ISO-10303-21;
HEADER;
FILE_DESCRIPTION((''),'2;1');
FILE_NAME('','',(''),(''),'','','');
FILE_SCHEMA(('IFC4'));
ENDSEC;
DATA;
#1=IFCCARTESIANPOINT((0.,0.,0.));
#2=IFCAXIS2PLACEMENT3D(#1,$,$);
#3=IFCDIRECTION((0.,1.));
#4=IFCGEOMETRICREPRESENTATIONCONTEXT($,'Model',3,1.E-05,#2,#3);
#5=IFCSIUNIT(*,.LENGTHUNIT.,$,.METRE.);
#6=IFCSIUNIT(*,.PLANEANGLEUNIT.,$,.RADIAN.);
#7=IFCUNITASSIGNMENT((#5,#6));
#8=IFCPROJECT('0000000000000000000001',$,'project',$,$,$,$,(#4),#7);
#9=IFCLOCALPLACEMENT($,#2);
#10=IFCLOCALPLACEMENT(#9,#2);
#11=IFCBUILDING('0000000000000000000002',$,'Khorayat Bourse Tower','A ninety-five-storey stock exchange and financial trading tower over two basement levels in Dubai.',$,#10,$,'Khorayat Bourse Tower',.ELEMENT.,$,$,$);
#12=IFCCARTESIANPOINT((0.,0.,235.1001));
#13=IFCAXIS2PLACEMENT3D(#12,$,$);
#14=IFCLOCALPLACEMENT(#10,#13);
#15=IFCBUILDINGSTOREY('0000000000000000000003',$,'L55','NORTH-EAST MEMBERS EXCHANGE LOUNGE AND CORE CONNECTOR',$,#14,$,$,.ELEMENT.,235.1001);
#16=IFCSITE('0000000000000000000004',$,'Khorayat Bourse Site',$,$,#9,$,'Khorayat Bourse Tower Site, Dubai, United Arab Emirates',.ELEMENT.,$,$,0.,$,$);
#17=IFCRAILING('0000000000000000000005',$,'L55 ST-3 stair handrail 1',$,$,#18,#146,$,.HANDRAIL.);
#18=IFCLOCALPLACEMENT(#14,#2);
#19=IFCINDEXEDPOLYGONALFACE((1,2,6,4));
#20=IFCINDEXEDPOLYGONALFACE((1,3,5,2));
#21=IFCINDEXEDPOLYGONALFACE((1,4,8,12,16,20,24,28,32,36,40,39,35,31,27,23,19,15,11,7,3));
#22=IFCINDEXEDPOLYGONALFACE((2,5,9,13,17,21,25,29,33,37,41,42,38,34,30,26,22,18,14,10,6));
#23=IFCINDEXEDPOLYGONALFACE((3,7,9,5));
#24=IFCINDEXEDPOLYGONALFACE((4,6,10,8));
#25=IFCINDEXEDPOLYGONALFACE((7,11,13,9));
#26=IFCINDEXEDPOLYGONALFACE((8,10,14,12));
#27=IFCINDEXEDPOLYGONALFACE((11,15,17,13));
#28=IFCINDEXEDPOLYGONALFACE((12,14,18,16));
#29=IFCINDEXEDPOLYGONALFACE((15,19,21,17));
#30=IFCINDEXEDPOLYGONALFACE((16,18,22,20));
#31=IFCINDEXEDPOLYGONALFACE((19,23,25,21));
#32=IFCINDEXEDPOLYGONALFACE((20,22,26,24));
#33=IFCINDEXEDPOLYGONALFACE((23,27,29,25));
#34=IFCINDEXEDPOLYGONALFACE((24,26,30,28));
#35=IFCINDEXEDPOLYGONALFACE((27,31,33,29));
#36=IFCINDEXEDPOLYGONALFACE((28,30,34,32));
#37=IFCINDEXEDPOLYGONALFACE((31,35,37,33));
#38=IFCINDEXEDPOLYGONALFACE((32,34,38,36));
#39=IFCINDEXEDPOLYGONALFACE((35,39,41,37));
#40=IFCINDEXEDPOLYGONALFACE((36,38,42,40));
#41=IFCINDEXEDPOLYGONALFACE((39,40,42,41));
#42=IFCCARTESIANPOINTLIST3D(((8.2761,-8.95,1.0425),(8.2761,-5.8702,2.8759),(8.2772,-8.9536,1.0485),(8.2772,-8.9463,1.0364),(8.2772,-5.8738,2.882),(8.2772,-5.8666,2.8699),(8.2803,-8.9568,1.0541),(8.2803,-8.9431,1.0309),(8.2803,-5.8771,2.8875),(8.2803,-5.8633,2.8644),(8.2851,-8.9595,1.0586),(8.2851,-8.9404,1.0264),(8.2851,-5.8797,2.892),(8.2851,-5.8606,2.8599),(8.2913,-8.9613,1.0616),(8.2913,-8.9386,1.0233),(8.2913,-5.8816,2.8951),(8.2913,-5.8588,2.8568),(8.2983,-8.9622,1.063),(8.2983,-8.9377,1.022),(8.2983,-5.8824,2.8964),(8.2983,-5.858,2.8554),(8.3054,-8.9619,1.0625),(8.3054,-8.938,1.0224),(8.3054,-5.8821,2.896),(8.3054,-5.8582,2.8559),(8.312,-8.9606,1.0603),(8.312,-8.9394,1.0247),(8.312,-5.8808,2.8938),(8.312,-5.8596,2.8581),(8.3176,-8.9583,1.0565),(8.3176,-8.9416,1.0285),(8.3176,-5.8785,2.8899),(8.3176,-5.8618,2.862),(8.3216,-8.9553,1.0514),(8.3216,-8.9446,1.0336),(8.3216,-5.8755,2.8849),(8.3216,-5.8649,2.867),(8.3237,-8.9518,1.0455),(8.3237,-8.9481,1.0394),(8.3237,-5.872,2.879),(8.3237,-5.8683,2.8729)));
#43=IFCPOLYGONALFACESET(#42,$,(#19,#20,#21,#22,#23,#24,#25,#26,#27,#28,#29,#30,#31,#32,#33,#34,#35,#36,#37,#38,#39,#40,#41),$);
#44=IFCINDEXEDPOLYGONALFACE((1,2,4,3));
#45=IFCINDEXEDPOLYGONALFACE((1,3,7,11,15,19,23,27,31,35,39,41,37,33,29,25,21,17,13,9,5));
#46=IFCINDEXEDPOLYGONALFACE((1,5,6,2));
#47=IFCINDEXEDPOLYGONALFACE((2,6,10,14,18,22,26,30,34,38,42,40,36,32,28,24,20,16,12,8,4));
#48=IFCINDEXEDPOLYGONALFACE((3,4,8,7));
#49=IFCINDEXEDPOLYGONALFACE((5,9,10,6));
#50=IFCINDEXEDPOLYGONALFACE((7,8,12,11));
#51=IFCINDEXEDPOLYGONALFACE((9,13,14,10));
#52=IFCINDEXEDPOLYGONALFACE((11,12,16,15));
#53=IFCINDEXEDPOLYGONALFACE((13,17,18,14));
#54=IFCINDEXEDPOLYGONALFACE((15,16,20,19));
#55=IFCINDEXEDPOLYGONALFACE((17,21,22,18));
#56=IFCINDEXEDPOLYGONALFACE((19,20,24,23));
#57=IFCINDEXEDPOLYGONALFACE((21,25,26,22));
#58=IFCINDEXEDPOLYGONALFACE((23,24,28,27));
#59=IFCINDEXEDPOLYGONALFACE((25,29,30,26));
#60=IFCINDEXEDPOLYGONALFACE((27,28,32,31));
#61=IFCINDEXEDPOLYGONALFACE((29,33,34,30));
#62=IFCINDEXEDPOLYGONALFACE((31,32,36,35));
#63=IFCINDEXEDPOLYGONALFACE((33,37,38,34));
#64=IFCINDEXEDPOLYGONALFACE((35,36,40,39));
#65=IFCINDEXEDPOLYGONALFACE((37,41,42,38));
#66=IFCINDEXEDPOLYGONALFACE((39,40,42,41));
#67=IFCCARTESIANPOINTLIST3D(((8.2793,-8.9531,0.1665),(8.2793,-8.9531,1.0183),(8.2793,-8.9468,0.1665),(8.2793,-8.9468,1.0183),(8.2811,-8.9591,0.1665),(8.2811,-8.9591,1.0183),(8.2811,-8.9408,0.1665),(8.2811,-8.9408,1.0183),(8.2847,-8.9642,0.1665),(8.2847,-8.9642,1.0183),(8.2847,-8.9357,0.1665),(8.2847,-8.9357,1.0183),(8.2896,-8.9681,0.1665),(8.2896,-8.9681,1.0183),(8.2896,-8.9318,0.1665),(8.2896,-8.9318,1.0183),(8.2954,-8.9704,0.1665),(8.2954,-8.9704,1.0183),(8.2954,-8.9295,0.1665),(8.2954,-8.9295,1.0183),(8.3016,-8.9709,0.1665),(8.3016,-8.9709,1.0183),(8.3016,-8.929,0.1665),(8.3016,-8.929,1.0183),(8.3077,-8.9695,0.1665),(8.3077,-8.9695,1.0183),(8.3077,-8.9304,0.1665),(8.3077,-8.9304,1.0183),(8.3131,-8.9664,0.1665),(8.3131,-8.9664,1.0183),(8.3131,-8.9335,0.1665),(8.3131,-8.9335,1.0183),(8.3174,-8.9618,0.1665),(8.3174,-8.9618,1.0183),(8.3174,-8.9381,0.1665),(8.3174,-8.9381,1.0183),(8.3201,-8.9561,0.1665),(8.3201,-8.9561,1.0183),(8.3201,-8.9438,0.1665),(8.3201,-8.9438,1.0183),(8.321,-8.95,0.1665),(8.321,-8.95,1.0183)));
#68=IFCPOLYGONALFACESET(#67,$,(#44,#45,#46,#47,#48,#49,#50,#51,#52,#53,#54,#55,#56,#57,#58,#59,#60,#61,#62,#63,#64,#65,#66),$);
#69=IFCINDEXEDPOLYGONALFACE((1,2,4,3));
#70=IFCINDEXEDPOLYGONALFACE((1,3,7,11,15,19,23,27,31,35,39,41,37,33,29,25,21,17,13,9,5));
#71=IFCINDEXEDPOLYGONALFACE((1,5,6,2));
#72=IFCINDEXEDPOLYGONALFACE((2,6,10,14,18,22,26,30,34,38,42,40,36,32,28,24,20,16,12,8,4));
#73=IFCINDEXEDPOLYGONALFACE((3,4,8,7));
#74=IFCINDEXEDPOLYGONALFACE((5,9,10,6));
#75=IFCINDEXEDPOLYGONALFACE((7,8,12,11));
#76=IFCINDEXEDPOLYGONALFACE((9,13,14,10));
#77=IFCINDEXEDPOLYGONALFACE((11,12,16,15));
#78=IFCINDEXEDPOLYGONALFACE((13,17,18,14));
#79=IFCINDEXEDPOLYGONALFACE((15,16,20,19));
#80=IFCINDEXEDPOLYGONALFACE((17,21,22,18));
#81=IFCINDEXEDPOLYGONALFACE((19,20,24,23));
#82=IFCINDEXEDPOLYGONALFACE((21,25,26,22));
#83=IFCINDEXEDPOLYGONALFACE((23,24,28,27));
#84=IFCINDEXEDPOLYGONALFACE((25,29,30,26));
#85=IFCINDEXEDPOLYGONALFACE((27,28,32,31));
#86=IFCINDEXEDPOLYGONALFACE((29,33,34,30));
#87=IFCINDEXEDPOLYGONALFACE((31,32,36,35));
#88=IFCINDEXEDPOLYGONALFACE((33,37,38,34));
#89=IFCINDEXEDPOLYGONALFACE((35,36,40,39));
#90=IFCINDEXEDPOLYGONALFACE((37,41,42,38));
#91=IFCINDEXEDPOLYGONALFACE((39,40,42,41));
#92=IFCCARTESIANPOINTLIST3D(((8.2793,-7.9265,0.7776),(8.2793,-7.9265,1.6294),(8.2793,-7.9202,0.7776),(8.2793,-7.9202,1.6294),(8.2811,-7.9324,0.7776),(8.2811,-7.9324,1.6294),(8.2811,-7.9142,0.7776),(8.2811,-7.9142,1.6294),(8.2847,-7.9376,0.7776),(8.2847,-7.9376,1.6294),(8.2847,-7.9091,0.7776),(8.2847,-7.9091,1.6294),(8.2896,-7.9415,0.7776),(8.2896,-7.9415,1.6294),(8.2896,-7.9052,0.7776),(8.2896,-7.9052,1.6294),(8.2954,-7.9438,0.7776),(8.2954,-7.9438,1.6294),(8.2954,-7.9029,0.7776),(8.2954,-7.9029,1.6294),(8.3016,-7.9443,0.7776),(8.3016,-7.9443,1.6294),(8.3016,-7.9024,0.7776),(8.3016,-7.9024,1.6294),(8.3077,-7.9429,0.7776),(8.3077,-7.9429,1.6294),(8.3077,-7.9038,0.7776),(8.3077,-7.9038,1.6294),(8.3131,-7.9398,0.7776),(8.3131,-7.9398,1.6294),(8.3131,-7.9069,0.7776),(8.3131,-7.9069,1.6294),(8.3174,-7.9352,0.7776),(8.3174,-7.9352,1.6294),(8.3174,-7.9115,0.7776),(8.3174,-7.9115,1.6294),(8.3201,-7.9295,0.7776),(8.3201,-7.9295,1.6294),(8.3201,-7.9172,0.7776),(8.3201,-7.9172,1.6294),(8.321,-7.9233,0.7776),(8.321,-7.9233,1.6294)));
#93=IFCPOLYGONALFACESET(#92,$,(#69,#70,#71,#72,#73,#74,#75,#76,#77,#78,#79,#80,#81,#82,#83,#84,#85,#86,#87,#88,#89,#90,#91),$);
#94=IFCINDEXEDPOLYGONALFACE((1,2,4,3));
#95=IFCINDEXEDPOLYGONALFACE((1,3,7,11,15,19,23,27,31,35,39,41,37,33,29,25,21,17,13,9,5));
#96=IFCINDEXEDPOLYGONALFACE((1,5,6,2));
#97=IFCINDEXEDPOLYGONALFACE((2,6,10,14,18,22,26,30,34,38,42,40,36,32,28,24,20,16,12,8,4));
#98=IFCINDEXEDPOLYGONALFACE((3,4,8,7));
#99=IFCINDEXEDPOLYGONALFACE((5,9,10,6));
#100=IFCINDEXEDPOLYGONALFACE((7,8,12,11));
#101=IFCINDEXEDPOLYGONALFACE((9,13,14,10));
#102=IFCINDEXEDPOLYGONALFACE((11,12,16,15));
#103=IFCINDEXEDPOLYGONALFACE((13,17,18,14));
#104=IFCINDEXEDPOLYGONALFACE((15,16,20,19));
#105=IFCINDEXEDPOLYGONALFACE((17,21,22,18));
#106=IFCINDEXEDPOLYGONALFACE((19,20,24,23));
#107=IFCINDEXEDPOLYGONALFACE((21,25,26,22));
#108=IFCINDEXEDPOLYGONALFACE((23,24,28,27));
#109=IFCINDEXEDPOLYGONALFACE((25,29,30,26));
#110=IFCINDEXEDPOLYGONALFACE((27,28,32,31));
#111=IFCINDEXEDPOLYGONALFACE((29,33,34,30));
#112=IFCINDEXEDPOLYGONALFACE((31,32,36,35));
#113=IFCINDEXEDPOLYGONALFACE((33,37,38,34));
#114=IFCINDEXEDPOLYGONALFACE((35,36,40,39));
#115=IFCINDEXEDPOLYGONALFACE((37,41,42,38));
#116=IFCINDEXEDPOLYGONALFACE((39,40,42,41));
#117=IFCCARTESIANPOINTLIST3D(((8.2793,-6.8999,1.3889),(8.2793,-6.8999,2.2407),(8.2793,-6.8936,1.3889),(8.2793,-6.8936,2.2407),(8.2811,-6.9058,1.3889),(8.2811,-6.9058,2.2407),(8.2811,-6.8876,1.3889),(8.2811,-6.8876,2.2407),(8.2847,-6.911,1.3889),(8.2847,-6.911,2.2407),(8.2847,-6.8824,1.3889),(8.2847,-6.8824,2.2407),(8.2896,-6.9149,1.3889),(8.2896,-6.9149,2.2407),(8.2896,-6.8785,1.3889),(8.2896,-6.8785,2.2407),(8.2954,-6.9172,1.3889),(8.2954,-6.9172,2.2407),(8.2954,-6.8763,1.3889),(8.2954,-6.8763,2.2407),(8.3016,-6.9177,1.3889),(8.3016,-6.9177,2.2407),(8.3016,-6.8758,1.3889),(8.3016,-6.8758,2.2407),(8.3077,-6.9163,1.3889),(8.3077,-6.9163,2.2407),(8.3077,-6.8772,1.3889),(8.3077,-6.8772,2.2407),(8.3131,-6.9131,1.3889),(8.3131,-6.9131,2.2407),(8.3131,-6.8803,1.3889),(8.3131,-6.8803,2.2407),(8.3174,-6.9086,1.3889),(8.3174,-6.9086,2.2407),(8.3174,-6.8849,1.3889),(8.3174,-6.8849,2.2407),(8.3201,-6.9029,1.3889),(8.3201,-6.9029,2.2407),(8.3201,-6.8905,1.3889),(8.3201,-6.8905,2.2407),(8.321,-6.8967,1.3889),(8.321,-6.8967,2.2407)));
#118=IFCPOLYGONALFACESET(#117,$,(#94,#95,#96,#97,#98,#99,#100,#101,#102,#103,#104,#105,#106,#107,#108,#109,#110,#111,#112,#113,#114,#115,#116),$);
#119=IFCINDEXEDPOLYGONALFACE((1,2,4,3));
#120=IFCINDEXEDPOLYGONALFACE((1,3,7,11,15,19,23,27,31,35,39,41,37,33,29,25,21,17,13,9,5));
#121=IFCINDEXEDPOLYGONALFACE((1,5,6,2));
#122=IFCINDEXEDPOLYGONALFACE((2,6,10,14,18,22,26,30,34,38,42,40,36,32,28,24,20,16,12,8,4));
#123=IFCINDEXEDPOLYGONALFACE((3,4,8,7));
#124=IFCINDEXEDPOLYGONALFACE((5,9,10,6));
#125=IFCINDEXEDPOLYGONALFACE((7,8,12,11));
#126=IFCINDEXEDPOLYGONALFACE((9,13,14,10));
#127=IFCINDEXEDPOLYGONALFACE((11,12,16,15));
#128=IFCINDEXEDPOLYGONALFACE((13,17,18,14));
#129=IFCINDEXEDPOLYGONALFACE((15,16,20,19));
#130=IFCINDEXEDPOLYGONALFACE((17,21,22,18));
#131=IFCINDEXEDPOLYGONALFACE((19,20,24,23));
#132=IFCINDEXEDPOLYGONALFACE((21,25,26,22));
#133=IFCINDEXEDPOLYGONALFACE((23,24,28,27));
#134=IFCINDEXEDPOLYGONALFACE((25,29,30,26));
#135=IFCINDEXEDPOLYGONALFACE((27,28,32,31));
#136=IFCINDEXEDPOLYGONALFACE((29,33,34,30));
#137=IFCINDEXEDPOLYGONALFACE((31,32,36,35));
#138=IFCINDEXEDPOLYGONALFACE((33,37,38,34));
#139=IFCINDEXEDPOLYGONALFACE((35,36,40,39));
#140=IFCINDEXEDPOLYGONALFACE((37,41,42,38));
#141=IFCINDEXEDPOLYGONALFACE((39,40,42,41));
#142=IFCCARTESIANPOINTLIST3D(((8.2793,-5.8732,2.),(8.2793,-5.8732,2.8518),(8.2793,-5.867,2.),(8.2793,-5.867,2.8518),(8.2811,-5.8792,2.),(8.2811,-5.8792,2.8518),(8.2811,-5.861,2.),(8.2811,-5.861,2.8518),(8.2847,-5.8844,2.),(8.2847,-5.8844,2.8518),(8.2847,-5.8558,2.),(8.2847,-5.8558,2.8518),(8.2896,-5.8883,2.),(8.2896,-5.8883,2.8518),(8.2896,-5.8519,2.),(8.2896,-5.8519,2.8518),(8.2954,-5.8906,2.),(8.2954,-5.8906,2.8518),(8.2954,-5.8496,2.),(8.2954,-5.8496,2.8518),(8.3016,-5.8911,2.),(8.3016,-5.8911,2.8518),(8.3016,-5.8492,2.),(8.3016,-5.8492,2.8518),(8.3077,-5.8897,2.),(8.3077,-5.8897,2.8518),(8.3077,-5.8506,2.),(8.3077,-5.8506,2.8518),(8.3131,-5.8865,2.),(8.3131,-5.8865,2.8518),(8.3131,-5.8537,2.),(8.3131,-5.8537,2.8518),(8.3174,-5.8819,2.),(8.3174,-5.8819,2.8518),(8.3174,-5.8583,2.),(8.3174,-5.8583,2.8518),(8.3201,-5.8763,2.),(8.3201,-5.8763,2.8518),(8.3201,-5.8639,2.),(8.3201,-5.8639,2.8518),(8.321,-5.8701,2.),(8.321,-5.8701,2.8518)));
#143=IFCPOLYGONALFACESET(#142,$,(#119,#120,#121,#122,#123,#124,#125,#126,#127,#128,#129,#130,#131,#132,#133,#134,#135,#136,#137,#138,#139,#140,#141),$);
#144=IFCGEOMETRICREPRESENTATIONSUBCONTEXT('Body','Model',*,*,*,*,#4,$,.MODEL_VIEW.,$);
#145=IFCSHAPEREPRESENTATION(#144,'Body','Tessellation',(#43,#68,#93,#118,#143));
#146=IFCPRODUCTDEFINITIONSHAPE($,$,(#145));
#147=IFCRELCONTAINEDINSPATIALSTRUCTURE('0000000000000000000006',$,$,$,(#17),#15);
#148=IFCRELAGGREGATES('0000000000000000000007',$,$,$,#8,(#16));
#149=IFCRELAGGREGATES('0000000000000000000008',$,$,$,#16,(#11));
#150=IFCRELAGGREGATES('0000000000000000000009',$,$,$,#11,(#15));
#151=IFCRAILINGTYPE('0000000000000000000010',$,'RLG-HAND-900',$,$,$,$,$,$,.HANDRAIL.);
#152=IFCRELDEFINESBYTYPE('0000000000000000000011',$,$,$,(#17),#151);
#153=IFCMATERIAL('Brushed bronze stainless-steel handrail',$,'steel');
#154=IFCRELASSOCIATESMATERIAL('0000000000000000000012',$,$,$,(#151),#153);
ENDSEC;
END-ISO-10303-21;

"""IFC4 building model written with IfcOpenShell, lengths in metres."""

from ifc_helpers import new_model, si_unit, direction, frame, origin, origin_2d, place, context, subcontext, project, spatial, circle, extrude, source, transform, mapped, material, type_object, element, save


model = new_model("IFC4")

# Units and contexts
model_context = context("Model", 3, precision=1e-05, world=origin(), true_north=direction((0.0, 1.0)))
body_context = subcontext(model_context, "Body", "Model", "MODEL_VIEW")
ifc_project = project(units=[si_unit("LENGTHUNIT", "METRE"), si_unit("PLANEANGLEUNIT", "RADIAN")], contexts=[model_context])

# Site, building, storey
site_placement = place(None, origin())
site = spatial("IfcSite", under=ifc_project, at=site_placement, Name="Khorayat Bourse Site", LongName="Khorayat Bourse Tower Site, Dubai, United Arab Emirates", CompositionType="ELEMENT", RefElevation=0.0)
building_placement = place(site_placement, origin())
building = spatial("IfcBuilding", under=site, at=building_placement, Name="Khorayat Bourse Tower", Description="A ninety-five-storey stock exchange and financial trading tower over two basement levels in Dubai.", LongName="Khorayat Bourse Tower", CompositionType="ELEMENT")
storey_placement = place(building_placement, frame((0.0, 0.0, 235.1001)))
storey = spatial("IfcBuildingStorey", under=building, at=storey_placement, Name="L55", Description="NORTH-EAST MEMBERS EXCHANGE LOUNGE AND CORE CONNECTOR", CompositionType="ELEMENT", Elevation=235.1001)

# Railing
ifc_material_1 = material(Name="Brushed bronze stainless-steel handrail", Category="steel")
railing_type_1 = type_object("IfcRailingType", Name="RLG-HAND-900", PredefinedType="HANDRAIL", material=ifc_material_1)
shared_shape_1 = source(origin(), body_context, "Body", "SweptSolid", [
    extrude(circle(Radius=0.0239, at=origin_2d()), frame((0.0, 0.0, 0.876), z_axis=(0.0, 0.859261, 0.511538), x_axis=(-1.0, 0.0, 0.0)), (0.0, 0.0, 1.0), 3.5842),
    extrude(circle(Radius=0.021, at=origin_2d()), origin(), (0.0, 0.0, 1.0), 0.8518),
    extrude(circle(Radius=0.021, at=origin_2d()), frame((0.0, 1.0266, 0.6111)), (0.0, 0.0, 1.0), 0.8518),
    extrude(circle(Radius=0.021, at=origin_2d()), frame((0.0, 2.0532, 1.2224)), (0.0, 0.0, 1.0), 0.8518),
    extrude(circle(Radius=0.021, at=origin_2d()), frame((0.0, 3.0798, 1.8335)), (0.0, 0.0, 1.0), 0.8518),
])
railing_1_placement = place(storey_placement, frame((8.3, -8.95, 0.1665)))
element("IfcRailing", 1, at=railing_1_placement, inside=storey, type_object=railing_type_1, Name="L55 ST-3 stair handrail 1", PredefinedType="HANDRAIL", context=body_context, shape_type="MappedRepresentation", body=[
    mapped(shared_shape_1, transform((0.0, 0.0, 0.0), scale=1.0)),
])

save(model, "model.ifc")
